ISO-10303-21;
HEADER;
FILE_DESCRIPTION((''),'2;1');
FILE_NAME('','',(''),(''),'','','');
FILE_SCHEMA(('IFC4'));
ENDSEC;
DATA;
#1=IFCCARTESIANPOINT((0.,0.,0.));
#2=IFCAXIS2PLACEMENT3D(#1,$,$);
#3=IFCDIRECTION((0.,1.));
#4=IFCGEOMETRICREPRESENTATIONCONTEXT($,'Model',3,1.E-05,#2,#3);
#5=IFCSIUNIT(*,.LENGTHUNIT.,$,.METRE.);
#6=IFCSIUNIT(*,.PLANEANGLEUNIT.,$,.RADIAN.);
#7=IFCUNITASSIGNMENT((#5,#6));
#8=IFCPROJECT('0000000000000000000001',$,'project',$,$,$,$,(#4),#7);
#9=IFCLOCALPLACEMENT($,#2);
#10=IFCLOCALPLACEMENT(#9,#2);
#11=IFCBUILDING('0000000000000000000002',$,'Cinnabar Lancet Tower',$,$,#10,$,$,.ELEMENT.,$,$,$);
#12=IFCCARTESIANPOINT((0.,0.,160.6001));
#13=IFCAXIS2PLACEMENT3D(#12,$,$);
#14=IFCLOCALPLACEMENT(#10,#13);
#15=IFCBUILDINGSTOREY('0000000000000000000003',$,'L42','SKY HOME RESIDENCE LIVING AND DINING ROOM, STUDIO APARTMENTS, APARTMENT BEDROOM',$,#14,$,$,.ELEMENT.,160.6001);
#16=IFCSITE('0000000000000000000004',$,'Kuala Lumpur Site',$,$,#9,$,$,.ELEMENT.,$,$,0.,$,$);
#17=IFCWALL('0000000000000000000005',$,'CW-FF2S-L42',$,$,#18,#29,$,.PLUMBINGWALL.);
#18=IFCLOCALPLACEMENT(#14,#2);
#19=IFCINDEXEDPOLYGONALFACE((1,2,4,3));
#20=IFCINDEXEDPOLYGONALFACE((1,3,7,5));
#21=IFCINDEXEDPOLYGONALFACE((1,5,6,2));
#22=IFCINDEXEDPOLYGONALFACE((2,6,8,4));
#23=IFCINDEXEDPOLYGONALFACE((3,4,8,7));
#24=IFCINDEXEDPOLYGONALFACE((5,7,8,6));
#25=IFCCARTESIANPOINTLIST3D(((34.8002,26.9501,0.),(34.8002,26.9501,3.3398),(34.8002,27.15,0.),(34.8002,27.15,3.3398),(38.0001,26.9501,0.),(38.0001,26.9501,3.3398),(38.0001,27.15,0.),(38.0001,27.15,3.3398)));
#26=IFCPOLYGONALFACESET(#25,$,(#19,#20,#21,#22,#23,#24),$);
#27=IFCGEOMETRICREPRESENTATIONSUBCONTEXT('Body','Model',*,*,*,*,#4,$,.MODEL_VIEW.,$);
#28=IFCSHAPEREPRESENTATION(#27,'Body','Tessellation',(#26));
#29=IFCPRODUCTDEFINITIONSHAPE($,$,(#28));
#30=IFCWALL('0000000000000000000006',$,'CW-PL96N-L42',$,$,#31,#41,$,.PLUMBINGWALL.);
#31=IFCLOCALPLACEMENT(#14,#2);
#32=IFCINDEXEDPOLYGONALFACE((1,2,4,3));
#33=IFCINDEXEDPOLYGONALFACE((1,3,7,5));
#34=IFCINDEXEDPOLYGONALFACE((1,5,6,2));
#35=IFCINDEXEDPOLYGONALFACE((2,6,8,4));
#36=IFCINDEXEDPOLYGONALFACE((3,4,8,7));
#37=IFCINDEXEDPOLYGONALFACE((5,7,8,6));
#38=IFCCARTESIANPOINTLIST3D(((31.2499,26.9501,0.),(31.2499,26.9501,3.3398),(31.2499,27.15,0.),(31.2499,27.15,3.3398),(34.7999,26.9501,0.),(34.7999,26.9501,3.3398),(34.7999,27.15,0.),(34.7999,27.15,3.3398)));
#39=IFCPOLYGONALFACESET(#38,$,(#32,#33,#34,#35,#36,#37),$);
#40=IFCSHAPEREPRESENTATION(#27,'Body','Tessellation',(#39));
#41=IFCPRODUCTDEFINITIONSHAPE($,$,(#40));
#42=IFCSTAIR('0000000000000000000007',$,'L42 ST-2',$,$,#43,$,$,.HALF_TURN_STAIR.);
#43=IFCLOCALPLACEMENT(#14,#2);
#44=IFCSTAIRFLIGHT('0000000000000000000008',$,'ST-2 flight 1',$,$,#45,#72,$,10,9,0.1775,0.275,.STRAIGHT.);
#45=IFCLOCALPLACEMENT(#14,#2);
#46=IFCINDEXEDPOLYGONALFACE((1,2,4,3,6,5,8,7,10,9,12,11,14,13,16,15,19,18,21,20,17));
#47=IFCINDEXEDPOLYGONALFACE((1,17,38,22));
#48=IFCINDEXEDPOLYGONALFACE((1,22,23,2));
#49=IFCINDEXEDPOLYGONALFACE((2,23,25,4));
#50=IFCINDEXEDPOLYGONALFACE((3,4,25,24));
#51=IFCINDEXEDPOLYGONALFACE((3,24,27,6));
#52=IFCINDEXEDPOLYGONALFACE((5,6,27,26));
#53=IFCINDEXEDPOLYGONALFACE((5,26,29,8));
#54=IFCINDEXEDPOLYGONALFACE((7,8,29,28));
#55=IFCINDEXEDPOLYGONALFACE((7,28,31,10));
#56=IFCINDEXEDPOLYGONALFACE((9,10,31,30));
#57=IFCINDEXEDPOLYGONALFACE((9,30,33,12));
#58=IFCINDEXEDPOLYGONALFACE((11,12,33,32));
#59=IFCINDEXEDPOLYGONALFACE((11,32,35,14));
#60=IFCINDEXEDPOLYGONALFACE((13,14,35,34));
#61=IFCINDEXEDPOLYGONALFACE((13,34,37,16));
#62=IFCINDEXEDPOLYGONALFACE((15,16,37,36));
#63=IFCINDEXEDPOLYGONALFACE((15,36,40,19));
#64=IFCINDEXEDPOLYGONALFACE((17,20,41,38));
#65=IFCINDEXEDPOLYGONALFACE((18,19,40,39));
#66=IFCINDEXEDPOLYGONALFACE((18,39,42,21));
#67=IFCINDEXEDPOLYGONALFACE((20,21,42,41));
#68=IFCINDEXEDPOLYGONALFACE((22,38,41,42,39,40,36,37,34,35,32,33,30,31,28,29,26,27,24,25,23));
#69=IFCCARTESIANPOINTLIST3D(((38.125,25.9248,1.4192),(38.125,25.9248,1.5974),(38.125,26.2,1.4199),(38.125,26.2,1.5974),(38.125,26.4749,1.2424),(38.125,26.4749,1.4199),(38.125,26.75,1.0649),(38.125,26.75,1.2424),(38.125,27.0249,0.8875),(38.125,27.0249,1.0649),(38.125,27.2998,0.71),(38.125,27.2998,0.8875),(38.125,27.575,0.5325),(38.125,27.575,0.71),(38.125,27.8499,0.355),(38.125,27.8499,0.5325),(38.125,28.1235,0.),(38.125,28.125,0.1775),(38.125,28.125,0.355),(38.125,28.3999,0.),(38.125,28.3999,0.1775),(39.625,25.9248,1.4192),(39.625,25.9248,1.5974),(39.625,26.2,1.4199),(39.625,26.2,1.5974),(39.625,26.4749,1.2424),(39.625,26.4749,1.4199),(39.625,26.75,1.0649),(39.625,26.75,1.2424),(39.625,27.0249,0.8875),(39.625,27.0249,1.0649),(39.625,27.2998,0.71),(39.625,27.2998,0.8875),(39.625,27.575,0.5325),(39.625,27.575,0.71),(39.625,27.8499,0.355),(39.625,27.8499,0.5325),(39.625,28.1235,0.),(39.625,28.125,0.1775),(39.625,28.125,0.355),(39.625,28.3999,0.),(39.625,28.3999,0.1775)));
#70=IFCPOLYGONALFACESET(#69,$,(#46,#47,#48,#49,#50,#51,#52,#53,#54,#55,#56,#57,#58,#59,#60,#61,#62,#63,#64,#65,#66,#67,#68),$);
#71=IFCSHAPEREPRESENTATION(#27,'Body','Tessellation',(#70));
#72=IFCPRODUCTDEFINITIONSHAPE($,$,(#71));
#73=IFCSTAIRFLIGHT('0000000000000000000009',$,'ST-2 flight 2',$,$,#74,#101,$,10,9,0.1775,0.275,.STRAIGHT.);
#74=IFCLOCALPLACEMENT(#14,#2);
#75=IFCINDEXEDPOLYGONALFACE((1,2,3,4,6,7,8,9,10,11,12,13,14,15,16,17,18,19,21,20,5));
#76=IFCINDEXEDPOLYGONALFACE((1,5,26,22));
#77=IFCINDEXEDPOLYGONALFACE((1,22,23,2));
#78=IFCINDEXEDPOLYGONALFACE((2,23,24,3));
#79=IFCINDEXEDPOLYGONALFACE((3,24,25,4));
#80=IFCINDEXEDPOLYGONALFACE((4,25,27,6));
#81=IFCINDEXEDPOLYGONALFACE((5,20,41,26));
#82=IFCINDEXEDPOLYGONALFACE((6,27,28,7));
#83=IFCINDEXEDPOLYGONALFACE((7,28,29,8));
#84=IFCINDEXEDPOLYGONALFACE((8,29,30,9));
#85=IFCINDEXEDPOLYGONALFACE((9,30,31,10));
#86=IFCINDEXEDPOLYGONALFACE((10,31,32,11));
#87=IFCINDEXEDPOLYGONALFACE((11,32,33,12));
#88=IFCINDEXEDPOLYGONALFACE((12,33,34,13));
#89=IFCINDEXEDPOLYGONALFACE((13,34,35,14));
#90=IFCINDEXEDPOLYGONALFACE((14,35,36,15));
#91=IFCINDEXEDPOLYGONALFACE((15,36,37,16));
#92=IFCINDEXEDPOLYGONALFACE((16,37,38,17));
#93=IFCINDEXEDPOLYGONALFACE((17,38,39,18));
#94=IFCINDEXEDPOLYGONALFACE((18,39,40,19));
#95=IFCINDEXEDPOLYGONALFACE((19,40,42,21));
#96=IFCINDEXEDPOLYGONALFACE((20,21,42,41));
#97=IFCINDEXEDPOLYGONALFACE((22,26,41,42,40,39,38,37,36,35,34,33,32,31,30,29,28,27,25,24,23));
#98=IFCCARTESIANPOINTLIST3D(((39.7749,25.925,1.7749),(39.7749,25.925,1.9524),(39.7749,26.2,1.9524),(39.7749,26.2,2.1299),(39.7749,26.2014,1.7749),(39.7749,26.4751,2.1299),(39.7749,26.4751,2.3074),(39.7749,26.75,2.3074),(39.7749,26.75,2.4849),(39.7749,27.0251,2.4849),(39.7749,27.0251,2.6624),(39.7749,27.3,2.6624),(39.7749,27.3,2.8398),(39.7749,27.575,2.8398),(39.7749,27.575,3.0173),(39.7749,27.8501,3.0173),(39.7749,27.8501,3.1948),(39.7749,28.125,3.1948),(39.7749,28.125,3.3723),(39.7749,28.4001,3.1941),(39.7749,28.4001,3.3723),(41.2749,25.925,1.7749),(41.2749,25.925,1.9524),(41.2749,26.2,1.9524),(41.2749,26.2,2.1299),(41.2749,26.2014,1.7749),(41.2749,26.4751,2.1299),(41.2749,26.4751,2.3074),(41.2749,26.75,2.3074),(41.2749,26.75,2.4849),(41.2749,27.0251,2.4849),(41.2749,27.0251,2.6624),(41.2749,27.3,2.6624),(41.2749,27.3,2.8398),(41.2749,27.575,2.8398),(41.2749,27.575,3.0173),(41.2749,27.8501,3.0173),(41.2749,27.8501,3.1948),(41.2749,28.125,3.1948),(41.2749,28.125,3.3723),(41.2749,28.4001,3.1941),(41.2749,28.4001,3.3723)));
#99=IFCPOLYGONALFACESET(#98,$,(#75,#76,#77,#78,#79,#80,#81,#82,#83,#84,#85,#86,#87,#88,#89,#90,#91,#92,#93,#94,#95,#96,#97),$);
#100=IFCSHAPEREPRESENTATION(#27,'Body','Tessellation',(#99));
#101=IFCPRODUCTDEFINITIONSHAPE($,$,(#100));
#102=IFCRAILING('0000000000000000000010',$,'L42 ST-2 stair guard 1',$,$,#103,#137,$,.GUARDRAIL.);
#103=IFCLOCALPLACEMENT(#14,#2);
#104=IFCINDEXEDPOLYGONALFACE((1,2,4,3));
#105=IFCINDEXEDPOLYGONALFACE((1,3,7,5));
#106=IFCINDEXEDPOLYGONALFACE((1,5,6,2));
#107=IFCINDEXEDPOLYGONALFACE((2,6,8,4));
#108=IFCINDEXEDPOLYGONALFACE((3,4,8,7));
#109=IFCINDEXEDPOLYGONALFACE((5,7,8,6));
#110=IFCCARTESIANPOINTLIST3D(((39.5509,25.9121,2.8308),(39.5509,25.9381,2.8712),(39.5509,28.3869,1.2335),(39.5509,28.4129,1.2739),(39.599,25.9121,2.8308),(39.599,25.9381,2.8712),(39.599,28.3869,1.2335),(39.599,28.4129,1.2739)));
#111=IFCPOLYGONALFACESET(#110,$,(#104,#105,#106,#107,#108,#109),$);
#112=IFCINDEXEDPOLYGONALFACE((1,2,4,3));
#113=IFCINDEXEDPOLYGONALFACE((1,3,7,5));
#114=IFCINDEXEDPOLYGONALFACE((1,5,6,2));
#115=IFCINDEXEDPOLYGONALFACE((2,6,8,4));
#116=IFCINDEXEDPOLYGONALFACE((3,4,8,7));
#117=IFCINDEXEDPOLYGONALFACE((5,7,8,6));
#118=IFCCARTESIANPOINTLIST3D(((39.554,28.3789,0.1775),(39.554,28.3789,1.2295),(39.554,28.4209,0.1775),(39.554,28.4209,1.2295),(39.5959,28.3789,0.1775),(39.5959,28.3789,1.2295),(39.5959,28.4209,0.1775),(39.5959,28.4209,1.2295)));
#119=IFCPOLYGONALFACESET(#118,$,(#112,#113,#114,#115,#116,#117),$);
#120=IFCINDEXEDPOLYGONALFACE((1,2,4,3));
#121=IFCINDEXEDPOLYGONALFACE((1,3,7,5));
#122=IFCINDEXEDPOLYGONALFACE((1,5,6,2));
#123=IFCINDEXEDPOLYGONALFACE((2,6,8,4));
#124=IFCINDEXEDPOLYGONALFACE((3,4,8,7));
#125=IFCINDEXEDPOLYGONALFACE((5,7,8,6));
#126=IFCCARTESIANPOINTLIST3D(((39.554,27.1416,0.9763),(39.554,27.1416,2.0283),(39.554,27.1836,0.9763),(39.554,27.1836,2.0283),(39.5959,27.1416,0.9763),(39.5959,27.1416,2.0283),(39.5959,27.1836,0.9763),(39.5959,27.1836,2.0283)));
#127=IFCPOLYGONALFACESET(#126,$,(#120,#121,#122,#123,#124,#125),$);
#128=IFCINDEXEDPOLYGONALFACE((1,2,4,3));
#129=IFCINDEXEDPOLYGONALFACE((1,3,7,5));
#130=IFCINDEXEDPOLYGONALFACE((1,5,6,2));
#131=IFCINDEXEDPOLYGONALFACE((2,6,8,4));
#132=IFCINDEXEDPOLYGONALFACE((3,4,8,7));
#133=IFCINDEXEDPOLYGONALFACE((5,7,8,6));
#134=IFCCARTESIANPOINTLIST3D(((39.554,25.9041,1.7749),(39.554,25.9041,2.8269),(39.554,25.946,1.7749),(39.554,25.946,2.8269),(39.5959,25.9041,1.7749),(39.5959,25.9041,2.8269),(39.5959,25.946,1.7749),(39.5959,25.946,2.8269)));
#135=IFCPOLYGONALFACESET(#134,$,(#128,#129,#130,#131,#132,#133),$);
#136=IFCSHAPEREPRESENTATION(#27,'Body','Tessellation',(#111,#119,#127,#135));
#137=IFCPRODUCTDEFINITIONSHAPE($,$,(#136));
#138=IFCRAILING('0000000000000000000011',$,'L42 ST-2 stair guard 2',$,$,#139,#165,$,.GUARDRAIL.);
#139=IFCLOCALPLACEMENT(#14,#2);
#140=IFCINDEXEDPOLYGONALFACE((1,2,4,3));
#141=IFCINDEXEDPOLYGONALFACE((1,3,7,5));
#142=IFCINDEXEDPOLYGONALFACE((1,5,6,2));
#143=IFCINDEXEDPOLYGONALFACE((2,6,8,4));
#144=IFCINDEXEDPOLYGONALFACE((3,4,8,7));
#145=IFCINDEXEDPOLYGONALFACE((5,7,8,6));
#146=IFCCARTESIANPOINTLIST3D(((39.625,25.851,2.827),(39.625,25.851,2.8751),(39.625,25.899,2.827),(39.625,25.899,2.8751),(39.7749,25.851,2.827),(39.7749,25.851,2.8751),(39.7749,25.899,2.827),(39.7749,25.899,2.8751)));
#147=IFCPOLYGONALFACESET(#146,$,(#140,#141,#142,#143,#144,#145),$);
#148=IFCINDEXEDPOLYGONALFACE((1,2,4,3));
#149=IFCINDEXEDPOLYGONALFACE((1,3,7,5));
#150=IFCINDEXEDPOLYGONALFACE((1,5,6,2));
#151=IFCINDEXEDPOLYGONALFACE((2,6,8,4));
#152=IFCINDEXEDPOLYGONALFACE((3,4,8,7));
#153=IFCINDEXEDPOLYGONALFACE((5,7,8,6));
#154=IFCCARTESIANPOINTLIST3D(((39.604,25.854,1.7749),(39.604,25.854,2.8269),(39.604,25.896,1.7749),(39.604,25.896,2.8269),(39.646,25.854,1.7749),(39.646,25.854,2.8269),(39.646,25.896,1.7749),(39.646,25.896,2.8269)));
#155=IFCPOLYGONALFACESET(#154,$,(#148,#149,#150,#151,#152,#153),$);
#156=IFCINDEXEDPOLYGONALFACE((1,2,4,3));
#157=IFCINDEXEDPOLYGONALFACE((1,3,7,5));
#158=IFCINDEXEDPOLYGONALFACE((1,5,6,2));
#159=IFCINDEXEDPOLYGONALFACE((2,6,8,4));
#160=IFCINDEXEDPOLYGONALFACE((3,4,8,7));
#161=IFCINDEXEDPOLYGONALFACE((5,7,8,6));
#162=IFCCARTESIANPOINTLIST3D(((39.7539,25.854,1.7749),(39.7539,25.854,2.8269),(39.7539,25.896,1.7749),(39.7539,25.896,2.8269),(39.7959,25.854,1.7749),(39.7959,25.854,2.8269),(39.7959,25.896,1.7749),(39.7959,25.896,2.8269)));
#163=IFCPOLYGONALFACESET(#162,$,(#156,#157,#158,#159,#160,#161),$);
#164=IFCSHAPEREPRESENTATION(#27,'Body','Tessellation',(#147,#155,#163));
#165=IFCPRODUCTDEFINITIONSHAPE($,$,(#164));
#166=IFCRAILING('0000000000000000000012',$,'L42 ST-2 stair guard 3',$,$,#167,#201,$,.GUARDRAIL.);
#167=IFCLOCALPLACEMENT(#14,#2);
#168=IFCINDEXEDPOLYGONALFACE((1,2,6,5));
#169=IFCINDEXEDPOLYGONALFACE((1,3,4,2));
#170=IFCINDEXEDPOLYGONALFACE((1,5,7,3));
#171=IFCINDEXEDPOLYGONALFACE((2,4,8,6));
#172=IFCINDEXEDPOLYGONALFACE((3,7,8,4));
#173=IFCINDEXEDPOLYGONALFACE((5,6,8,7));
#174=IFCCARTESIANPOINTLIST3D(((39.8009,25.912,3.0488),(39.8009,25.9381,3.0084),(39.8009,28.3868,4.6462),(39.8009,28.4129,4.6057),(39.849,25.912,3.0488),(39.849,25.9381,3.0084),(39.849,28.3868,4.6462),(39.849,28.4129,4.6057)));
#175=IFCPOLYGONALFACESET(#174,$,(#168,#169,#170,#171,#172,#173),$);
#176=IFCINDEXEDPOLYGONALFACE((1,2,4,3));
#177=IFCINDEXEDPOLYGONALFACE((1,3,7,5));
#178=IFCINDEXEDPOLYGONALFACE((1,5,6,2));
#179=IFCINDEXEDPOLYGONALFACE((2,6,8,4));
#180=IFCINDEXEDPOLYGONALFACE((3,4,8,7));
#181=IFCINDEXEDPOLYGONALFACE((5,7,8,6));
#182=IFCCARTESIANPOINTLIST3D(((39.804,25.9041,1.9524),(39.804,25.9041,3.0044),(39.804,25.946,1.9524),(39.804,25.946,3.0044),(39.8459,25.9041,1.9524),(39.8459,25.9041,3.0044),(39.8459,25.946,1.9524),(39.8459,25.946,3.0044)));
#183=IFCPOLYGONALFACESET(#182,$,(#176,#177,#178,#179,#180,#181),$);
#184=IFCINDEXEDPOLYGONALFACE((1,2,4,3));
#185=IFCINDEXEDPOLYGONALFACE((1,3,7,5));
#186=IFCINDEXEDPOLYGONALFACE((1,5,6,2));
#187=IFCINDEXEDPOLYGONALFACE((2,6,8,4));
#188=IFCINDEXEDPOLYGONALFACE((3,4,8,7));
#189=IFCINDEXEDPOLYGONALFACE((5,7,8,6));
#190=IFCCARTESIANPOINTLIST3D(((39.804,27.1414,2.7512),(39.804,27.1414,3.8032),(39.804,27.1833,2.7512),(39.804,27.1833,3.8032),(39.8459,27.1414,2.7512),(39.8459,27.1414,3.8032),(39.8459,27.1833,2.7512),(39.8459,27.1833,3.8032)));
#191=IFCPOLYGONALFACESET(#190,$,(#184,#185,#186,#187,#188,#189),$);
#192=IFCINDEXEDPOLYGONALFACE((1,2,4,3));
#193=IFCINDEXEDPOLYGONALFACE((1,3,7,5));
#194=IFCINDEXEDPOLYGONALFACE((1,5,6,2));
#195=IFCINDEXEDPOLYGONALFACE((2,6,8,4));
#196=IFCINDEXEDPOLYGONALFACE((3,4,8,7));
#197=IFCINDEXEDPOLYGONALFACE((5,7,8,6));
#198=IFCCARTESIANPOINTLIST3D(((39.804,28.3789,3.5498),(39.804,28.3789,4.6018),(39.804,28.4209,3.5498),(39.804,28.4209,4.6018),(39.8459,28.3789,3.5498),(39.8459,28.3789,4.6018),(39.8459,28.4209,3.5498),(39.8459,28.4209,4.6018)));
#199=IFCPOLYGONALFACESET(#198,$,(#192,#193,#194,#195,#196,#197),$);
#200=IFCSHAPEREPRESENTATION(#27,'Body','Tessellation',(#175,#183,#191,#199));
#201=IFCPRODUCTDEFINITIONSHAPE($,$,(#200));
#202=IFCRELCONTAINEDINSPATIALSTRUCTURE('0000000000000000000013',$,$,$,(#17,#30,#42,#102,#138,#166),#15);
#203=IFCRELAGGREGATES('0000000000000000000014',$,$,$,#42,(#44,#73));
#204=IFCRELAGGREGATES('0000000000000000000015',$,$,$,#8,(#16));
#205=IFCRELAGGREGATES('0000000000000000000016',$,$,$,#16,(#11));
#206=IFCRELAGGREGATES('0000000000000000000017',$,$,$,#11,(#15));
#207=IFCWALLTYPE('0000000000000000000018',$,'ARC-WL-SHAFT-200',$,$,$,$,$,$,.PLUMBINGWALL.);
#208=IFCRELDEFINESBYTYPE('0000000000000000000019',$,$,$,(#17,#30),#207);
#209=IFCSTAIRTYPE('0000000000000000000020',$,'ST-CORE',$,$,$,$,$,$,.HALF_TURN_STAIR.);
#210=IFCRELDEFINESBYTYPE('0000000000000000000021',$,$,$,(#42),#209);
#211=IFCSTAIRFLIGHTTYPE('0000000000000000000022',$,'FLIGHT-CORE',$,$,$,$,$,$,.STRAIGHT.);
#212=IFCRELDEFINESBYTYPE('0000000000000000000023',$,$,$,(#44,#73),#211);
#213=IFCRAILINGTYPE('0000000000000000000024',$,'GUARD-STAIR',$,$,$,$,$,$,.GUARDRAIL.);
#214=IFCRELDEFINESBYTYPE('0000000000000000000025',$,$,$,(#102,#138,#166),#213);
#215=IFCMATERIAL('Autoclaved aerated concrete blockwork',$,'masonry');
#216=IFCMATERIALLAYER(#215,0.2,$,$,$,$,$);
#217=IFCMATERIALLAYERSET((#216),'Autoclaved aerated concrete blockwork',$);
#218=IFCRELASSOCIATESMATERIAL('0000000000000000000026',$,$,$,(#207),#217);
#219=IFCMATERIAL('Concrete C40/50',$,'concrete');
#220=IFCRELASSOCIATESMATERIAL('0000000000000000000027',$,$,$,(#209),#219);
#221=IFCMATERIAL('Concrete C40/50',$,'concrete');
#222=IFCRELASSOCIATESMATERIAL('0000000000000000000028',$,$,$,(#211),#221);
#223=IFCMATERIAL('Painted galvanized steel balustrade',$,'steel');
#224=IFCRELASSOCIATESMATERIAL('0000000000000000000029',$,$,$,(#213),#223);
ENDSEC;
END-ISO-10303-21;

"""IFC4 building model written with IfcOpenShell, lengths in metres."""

from ifc_helpers import new_model, si_unit, direction, frame, frame_2d, origin, origin_2d, place, context, subcontext, project, spatial, polyline, rectangle, outline, extrude, material, layer, layer_set, type_object, element, aggregate, save


model = new_model("IFC4")

# Units and contexts
model_context = context("Model", 3, precision=1e-05, world=origin(), true_north=direction((0.0, 1.0)))
body_context = subcontext(model_context, "Body", "Model", "MODEL_VIEW")
ifc_project = project(units=[si_unit("LENGTHUNIT", "METRE"), si_unit("PLANEANGLEUNIT", "RADIAN")], contexts=[model_context])

# Site, building, storey
site_placement = place(None, origin())
site = spatial("IfcSite", under=ifc_project, at=site_placement, Name="Kuala Lumpur Site", CompositionType="ELEMENT", RefElevation=0.0)
building_placement = place(site_placement, origin())
building = spatial("IfcBuilding", under=site, at=building_placement, Name="Cinnabar Lancet Tower", CompositionType="ELEMENT")
storey_placement = place(building_placement, frame((0.0, 0.0, 160.6001)))
storey = spatial("IfcBuildingStorey", under=building, at=storey_placement, Name="L42", Description="SKY HOME RESIDENCE LIVING AND DINING ROOM, STUDIO APARTMENTS, APARTMENT BEDROOM", CompositionType="ELEMENT", Elevation=160.6001)

# Shared definitions
ifc_material_1 = material(Name="Autoclaved aerated concrete blockwork", Category="masonry")
ifc_layer = layer(ifc_material_1, 0.2)
ifc_layer_set = layer_set([ifc_layer], Name="Autoclaved aerated concrete blockwork")
wall_type = type_object("IfcWallType", Name="ARC-WL-SHAFT-200", PredefinedType="PLUMBINGWALL", material=ifc_layer_set)

# Walls
wall_1_placement = place(storey_placement, frame((34.8, 27.05, 0.0), z_axis=(0.0, 0.0, 1.0), x_axis=(1.0, 0.0, 0.0)))
element("IfcWall", 1, at=wall_1_placement, inside=storey, type_object=wall_type, Name="CW-FF2S-L42", PredefinedType="PLUMBINGWALL", context=body_context, shape_type="SweptSolid", body=[
    extrude(rectangle(XDim=3.2, YDim=0.2, at=frame_2d((1.6001, 0.0))), origin(), (0.0, 0.0, 1.0), 3.3398),
])
wall_2_placement = place(storey_placement, frame((31.25, 27.05, 0.0), z_axis=(0.0, 0.0, 1.0), x_axis=(1.0, 0.0, 0.0)))
element("IfcWall", 2, at=wall_2_placement, inside=storey, type_object=wall_type, Name="CW-PL96N-L42", PredefinedType="PLUMBINGWALL", context=body_context, shape_type="SweptSolid", body=[
    extrude(rectangle(XDim=3.55, YDim=0.2, at=frame_2d((1.7749, 0.0))), origin(), (0.0, 0.0, 1.0), 3.3398),
])

# Stair, stair flights
ifc_material_2 = material(Name="Concrete C40/50", Category="concrete")
stair_type = type_object("IfcStairType", Name="ST-CORE", PredefinedType="HALF_TURN_STAIR", material=ifc_material_2)
stair_placement = place(storey_placement, origin())
stair = element("IfcStair", 3, at=stair_placement, inside=storey, type_object=stair_type, Name="L42 ST-2", PredefinedType="HALF_TURN_STAIR")
ifc_material_3 = material(Name="Concrete C40/50", Category="concrete")
stair_flight_type = type_object("IfcStairFlightType", Name="FLIGHT-CORE", PredefinedType="STRAIGHT", material=ifc_material_3)
stair_flight_1_placement = place(storey_placement, frame((38.875, 28.3999, 0.0), z_axis=(0.0, 0.0, 1.0), x_axis=(0.0, -1.0, 0.0)))
stair_flight_1 = element("IfcStairFlight", 4, at=stair_flight_1_placement, type_object=stair_flight_type, Name="ST-2 flight 1", NumberOfRisers=10, NumberOfTreads=9, PredefinedType="STRAIGHT", RiserHeight=0.1775, TreadLength=0.275, context=body_context, shape_type="SweptSolid", body=[
    extrude(outline(polyline([(0.0, 0.0), (0.0, 0.1775), (0.2749, 0.1775), (0.2749, 0.355), (0.55, 0.355), (0.55, 0.5325), (0.825, 0.5325), (0.825, 0.71), (1.1001, 0.71), (1.1001, 0.8875), (1.375, 0.8875), (1.375, 1.0649), (1.6499, 1.0649), (1.6499, 1.2424), (1.925, 1.2424), (1.925, 1.4199), (2.2, 1.4199), (2.2, 1.5974), (2.4751, 1.5974), (2.4751, 1.7749), (2.4751, 1.4192), (0.2764, 0.0), (0.0, 0.0)])), frame((0.0, 0.75, 0.0), z_axis=(0.0, -1.0, 0.0), x_axis=(1.0, 0.0, 0.0)), (0.0, 0.0, 1.0), 1.5),
])
stair_flight_2_placement = place(storey_placement, frame((40.5249, 25.925, 1.7749), z_axis=(0.0, 0.0, 1.0), x_axis=(0.0, 1.0, 0.0)))
stair_flight_2 = element("IfcStairFlight", 5, at=stair_flight_2_placement, type_object=stair_flight_type, Name="ST-2 flight 2", NumberOfRisers=10, NumberOfTreads=9, PredefinedType="STRAIGHT", RiserHeight=0.1775, TreadLength=0.275, context=body_context, shape_type="SweptSolid", body=[
    extrude(outline(polyline([(0.0, 0.0), (0.0, 0.1775), (0.2749, 0.1775), (0.2749, 0.355), (0.55, 0.355), (0.55, 0.5325), (0.825, 0.5325), (0.825, 0.71), (1.1001, 0.71), (1.1001, 0.8875), (1.375, 0.8875), (1.375, 1.0649), (1.6499, 1.0649), (1.6499, 1.2424), (1.925, 1.2424), (1.925, 1.4199), (2.2, 1.4199), (2.2, 1.5974), (2.4751, 1.5974), (2.4751, 1.7749), (2.4751, 1.4192), (0.2764, 0.0), (0.0, 0.0)])), frame((0.0, 0.75, 0.0), z_axis=(0.0, -1.0, 0.0), x_axis=(1.0, 0.0, 0.0)), (0.0, 0.0, 1.0), 1.5),
])
aggregate(stair, [stair_flight_1, stair_flight_2])

# Railings
ifc_material_4 = material(Name="Painted galvanized steel balustrade", Category="steel")
railing_type_1 = type_object("IfcRailingType", Name="GUARD-STAIR", PredefinedType="GUARDRAIL", material=ifc_material_4)
railing_1_placement = place(storey_placement, frame((39.575, 28.3999, 0.1775)))
element("IfcRailing", 6, at=railing_1_placement, inside=storey, type_object=railing_type_1, Name="L42 ST-2 stair guard 1", PredefinedType="GUARDRAIL", context=body_context, shape_type="SweptSolid", body=[
    extrude(rectangle(XDim=0.0481, YDim=0.0481, at=origin_2d()), frame((0.0, 0.0, 1.0762), z_axis=(0.0, -0.840183, 0.542302), x_axis=(1.0, 0.0, 0.0)), (0.0, 0.0, 1.0), 2.9456),
    extrude(rectangle(XDim=0.042, YDim=0.042, at=origin_2d()), origin(), (0.0, 0.0, 1.0), 1.052),
    extrude(rectangle(XDim=0.042, YDim=0.042, at=origin_2d()), frame((0.0, -1.2373, 0.7988)), (0.0, 0.0, 1.0), 1.052),
    extrude(rectangle(XDim=0.042, YDim=0.042, at=origin_2d()), frame((0.0, -2.4749, 1.5974)), (0.0, 0.0, 1.0), 1.052),
])
railing_2_placement = place(storey_placement, frame((39.625, 25.875, 1.7749)))
element("IfcRailing", 7, at=railing_2_placement, inside=storey, type_object=railing_type_1, Name="L42 ST-2 stair guard 2", PredefinedType="GUARDRAIL", context=body_context, shape_type="SweptSolid", body=[
    extrude(rectangle(XDim=0.0481, YDim=0.0481, at=origin_2d()), frame((0.0, 0.0, 1.0762), z_axis=(1.0, 0.0, 0.0), x_axis=(0.0, 1.0, 0.0)), (0.0, 0.0, 1.0), 0.1499),
    extrude(rectangle(XDim=0.042, YDim=0.042, at=origin_2d()), origin(), (0.0, 0.0, 1.0), 1.052),
    extrude(rectangle(XDim=0.042, YDim=0.042, at=origin_2d()), frame((0.1499, 0.0, 0.0)), (0.0, 0.0, 1.0), 1.052),
])
railing_3_placement = place(storey_placement, frame((39.825, 25.925, 1.9524)))
element("IfcRailing", 8, at=railing_3_placement, inside=storey, type_object=railing_type_1, Name="L42 ST-2 stair guard 3", PredefinedType="GUARDRAIL", context=body_context, shape_type="SweptSolid", body=[
    extrude(rectangle(XDim=0.0481, YDim=0.0481, at=origin_2d()), frame((0.0, 0.0, 1.0762), z_axis=(0.0, 0.840183, 0.542302), x_axis=(-1.0, 0.0, 0.0)), (0.0, 0.0, 1.0), 2.9456),
    extrude(rectangle(XDim=0.042, YDim=0.042, at=origin_2d()), origin(), (0.0, 0.0, 1.0), 1.052),
    extrude(rectangle(XDim=0.042, YDim=0.042, at=origin_2d()), frame((0.0, 1.2373, 0.7988)), (0.0, 0.0, 1.0), 1.052),
    extrude(rectangle(XDim=0.042, YDim=0.042, at=origin_2d()), frame((0.0, 2.4749, 1.5974)), (0.0, 0.0, 1.0), 1.052),
])

save(model, "model.ifc")
